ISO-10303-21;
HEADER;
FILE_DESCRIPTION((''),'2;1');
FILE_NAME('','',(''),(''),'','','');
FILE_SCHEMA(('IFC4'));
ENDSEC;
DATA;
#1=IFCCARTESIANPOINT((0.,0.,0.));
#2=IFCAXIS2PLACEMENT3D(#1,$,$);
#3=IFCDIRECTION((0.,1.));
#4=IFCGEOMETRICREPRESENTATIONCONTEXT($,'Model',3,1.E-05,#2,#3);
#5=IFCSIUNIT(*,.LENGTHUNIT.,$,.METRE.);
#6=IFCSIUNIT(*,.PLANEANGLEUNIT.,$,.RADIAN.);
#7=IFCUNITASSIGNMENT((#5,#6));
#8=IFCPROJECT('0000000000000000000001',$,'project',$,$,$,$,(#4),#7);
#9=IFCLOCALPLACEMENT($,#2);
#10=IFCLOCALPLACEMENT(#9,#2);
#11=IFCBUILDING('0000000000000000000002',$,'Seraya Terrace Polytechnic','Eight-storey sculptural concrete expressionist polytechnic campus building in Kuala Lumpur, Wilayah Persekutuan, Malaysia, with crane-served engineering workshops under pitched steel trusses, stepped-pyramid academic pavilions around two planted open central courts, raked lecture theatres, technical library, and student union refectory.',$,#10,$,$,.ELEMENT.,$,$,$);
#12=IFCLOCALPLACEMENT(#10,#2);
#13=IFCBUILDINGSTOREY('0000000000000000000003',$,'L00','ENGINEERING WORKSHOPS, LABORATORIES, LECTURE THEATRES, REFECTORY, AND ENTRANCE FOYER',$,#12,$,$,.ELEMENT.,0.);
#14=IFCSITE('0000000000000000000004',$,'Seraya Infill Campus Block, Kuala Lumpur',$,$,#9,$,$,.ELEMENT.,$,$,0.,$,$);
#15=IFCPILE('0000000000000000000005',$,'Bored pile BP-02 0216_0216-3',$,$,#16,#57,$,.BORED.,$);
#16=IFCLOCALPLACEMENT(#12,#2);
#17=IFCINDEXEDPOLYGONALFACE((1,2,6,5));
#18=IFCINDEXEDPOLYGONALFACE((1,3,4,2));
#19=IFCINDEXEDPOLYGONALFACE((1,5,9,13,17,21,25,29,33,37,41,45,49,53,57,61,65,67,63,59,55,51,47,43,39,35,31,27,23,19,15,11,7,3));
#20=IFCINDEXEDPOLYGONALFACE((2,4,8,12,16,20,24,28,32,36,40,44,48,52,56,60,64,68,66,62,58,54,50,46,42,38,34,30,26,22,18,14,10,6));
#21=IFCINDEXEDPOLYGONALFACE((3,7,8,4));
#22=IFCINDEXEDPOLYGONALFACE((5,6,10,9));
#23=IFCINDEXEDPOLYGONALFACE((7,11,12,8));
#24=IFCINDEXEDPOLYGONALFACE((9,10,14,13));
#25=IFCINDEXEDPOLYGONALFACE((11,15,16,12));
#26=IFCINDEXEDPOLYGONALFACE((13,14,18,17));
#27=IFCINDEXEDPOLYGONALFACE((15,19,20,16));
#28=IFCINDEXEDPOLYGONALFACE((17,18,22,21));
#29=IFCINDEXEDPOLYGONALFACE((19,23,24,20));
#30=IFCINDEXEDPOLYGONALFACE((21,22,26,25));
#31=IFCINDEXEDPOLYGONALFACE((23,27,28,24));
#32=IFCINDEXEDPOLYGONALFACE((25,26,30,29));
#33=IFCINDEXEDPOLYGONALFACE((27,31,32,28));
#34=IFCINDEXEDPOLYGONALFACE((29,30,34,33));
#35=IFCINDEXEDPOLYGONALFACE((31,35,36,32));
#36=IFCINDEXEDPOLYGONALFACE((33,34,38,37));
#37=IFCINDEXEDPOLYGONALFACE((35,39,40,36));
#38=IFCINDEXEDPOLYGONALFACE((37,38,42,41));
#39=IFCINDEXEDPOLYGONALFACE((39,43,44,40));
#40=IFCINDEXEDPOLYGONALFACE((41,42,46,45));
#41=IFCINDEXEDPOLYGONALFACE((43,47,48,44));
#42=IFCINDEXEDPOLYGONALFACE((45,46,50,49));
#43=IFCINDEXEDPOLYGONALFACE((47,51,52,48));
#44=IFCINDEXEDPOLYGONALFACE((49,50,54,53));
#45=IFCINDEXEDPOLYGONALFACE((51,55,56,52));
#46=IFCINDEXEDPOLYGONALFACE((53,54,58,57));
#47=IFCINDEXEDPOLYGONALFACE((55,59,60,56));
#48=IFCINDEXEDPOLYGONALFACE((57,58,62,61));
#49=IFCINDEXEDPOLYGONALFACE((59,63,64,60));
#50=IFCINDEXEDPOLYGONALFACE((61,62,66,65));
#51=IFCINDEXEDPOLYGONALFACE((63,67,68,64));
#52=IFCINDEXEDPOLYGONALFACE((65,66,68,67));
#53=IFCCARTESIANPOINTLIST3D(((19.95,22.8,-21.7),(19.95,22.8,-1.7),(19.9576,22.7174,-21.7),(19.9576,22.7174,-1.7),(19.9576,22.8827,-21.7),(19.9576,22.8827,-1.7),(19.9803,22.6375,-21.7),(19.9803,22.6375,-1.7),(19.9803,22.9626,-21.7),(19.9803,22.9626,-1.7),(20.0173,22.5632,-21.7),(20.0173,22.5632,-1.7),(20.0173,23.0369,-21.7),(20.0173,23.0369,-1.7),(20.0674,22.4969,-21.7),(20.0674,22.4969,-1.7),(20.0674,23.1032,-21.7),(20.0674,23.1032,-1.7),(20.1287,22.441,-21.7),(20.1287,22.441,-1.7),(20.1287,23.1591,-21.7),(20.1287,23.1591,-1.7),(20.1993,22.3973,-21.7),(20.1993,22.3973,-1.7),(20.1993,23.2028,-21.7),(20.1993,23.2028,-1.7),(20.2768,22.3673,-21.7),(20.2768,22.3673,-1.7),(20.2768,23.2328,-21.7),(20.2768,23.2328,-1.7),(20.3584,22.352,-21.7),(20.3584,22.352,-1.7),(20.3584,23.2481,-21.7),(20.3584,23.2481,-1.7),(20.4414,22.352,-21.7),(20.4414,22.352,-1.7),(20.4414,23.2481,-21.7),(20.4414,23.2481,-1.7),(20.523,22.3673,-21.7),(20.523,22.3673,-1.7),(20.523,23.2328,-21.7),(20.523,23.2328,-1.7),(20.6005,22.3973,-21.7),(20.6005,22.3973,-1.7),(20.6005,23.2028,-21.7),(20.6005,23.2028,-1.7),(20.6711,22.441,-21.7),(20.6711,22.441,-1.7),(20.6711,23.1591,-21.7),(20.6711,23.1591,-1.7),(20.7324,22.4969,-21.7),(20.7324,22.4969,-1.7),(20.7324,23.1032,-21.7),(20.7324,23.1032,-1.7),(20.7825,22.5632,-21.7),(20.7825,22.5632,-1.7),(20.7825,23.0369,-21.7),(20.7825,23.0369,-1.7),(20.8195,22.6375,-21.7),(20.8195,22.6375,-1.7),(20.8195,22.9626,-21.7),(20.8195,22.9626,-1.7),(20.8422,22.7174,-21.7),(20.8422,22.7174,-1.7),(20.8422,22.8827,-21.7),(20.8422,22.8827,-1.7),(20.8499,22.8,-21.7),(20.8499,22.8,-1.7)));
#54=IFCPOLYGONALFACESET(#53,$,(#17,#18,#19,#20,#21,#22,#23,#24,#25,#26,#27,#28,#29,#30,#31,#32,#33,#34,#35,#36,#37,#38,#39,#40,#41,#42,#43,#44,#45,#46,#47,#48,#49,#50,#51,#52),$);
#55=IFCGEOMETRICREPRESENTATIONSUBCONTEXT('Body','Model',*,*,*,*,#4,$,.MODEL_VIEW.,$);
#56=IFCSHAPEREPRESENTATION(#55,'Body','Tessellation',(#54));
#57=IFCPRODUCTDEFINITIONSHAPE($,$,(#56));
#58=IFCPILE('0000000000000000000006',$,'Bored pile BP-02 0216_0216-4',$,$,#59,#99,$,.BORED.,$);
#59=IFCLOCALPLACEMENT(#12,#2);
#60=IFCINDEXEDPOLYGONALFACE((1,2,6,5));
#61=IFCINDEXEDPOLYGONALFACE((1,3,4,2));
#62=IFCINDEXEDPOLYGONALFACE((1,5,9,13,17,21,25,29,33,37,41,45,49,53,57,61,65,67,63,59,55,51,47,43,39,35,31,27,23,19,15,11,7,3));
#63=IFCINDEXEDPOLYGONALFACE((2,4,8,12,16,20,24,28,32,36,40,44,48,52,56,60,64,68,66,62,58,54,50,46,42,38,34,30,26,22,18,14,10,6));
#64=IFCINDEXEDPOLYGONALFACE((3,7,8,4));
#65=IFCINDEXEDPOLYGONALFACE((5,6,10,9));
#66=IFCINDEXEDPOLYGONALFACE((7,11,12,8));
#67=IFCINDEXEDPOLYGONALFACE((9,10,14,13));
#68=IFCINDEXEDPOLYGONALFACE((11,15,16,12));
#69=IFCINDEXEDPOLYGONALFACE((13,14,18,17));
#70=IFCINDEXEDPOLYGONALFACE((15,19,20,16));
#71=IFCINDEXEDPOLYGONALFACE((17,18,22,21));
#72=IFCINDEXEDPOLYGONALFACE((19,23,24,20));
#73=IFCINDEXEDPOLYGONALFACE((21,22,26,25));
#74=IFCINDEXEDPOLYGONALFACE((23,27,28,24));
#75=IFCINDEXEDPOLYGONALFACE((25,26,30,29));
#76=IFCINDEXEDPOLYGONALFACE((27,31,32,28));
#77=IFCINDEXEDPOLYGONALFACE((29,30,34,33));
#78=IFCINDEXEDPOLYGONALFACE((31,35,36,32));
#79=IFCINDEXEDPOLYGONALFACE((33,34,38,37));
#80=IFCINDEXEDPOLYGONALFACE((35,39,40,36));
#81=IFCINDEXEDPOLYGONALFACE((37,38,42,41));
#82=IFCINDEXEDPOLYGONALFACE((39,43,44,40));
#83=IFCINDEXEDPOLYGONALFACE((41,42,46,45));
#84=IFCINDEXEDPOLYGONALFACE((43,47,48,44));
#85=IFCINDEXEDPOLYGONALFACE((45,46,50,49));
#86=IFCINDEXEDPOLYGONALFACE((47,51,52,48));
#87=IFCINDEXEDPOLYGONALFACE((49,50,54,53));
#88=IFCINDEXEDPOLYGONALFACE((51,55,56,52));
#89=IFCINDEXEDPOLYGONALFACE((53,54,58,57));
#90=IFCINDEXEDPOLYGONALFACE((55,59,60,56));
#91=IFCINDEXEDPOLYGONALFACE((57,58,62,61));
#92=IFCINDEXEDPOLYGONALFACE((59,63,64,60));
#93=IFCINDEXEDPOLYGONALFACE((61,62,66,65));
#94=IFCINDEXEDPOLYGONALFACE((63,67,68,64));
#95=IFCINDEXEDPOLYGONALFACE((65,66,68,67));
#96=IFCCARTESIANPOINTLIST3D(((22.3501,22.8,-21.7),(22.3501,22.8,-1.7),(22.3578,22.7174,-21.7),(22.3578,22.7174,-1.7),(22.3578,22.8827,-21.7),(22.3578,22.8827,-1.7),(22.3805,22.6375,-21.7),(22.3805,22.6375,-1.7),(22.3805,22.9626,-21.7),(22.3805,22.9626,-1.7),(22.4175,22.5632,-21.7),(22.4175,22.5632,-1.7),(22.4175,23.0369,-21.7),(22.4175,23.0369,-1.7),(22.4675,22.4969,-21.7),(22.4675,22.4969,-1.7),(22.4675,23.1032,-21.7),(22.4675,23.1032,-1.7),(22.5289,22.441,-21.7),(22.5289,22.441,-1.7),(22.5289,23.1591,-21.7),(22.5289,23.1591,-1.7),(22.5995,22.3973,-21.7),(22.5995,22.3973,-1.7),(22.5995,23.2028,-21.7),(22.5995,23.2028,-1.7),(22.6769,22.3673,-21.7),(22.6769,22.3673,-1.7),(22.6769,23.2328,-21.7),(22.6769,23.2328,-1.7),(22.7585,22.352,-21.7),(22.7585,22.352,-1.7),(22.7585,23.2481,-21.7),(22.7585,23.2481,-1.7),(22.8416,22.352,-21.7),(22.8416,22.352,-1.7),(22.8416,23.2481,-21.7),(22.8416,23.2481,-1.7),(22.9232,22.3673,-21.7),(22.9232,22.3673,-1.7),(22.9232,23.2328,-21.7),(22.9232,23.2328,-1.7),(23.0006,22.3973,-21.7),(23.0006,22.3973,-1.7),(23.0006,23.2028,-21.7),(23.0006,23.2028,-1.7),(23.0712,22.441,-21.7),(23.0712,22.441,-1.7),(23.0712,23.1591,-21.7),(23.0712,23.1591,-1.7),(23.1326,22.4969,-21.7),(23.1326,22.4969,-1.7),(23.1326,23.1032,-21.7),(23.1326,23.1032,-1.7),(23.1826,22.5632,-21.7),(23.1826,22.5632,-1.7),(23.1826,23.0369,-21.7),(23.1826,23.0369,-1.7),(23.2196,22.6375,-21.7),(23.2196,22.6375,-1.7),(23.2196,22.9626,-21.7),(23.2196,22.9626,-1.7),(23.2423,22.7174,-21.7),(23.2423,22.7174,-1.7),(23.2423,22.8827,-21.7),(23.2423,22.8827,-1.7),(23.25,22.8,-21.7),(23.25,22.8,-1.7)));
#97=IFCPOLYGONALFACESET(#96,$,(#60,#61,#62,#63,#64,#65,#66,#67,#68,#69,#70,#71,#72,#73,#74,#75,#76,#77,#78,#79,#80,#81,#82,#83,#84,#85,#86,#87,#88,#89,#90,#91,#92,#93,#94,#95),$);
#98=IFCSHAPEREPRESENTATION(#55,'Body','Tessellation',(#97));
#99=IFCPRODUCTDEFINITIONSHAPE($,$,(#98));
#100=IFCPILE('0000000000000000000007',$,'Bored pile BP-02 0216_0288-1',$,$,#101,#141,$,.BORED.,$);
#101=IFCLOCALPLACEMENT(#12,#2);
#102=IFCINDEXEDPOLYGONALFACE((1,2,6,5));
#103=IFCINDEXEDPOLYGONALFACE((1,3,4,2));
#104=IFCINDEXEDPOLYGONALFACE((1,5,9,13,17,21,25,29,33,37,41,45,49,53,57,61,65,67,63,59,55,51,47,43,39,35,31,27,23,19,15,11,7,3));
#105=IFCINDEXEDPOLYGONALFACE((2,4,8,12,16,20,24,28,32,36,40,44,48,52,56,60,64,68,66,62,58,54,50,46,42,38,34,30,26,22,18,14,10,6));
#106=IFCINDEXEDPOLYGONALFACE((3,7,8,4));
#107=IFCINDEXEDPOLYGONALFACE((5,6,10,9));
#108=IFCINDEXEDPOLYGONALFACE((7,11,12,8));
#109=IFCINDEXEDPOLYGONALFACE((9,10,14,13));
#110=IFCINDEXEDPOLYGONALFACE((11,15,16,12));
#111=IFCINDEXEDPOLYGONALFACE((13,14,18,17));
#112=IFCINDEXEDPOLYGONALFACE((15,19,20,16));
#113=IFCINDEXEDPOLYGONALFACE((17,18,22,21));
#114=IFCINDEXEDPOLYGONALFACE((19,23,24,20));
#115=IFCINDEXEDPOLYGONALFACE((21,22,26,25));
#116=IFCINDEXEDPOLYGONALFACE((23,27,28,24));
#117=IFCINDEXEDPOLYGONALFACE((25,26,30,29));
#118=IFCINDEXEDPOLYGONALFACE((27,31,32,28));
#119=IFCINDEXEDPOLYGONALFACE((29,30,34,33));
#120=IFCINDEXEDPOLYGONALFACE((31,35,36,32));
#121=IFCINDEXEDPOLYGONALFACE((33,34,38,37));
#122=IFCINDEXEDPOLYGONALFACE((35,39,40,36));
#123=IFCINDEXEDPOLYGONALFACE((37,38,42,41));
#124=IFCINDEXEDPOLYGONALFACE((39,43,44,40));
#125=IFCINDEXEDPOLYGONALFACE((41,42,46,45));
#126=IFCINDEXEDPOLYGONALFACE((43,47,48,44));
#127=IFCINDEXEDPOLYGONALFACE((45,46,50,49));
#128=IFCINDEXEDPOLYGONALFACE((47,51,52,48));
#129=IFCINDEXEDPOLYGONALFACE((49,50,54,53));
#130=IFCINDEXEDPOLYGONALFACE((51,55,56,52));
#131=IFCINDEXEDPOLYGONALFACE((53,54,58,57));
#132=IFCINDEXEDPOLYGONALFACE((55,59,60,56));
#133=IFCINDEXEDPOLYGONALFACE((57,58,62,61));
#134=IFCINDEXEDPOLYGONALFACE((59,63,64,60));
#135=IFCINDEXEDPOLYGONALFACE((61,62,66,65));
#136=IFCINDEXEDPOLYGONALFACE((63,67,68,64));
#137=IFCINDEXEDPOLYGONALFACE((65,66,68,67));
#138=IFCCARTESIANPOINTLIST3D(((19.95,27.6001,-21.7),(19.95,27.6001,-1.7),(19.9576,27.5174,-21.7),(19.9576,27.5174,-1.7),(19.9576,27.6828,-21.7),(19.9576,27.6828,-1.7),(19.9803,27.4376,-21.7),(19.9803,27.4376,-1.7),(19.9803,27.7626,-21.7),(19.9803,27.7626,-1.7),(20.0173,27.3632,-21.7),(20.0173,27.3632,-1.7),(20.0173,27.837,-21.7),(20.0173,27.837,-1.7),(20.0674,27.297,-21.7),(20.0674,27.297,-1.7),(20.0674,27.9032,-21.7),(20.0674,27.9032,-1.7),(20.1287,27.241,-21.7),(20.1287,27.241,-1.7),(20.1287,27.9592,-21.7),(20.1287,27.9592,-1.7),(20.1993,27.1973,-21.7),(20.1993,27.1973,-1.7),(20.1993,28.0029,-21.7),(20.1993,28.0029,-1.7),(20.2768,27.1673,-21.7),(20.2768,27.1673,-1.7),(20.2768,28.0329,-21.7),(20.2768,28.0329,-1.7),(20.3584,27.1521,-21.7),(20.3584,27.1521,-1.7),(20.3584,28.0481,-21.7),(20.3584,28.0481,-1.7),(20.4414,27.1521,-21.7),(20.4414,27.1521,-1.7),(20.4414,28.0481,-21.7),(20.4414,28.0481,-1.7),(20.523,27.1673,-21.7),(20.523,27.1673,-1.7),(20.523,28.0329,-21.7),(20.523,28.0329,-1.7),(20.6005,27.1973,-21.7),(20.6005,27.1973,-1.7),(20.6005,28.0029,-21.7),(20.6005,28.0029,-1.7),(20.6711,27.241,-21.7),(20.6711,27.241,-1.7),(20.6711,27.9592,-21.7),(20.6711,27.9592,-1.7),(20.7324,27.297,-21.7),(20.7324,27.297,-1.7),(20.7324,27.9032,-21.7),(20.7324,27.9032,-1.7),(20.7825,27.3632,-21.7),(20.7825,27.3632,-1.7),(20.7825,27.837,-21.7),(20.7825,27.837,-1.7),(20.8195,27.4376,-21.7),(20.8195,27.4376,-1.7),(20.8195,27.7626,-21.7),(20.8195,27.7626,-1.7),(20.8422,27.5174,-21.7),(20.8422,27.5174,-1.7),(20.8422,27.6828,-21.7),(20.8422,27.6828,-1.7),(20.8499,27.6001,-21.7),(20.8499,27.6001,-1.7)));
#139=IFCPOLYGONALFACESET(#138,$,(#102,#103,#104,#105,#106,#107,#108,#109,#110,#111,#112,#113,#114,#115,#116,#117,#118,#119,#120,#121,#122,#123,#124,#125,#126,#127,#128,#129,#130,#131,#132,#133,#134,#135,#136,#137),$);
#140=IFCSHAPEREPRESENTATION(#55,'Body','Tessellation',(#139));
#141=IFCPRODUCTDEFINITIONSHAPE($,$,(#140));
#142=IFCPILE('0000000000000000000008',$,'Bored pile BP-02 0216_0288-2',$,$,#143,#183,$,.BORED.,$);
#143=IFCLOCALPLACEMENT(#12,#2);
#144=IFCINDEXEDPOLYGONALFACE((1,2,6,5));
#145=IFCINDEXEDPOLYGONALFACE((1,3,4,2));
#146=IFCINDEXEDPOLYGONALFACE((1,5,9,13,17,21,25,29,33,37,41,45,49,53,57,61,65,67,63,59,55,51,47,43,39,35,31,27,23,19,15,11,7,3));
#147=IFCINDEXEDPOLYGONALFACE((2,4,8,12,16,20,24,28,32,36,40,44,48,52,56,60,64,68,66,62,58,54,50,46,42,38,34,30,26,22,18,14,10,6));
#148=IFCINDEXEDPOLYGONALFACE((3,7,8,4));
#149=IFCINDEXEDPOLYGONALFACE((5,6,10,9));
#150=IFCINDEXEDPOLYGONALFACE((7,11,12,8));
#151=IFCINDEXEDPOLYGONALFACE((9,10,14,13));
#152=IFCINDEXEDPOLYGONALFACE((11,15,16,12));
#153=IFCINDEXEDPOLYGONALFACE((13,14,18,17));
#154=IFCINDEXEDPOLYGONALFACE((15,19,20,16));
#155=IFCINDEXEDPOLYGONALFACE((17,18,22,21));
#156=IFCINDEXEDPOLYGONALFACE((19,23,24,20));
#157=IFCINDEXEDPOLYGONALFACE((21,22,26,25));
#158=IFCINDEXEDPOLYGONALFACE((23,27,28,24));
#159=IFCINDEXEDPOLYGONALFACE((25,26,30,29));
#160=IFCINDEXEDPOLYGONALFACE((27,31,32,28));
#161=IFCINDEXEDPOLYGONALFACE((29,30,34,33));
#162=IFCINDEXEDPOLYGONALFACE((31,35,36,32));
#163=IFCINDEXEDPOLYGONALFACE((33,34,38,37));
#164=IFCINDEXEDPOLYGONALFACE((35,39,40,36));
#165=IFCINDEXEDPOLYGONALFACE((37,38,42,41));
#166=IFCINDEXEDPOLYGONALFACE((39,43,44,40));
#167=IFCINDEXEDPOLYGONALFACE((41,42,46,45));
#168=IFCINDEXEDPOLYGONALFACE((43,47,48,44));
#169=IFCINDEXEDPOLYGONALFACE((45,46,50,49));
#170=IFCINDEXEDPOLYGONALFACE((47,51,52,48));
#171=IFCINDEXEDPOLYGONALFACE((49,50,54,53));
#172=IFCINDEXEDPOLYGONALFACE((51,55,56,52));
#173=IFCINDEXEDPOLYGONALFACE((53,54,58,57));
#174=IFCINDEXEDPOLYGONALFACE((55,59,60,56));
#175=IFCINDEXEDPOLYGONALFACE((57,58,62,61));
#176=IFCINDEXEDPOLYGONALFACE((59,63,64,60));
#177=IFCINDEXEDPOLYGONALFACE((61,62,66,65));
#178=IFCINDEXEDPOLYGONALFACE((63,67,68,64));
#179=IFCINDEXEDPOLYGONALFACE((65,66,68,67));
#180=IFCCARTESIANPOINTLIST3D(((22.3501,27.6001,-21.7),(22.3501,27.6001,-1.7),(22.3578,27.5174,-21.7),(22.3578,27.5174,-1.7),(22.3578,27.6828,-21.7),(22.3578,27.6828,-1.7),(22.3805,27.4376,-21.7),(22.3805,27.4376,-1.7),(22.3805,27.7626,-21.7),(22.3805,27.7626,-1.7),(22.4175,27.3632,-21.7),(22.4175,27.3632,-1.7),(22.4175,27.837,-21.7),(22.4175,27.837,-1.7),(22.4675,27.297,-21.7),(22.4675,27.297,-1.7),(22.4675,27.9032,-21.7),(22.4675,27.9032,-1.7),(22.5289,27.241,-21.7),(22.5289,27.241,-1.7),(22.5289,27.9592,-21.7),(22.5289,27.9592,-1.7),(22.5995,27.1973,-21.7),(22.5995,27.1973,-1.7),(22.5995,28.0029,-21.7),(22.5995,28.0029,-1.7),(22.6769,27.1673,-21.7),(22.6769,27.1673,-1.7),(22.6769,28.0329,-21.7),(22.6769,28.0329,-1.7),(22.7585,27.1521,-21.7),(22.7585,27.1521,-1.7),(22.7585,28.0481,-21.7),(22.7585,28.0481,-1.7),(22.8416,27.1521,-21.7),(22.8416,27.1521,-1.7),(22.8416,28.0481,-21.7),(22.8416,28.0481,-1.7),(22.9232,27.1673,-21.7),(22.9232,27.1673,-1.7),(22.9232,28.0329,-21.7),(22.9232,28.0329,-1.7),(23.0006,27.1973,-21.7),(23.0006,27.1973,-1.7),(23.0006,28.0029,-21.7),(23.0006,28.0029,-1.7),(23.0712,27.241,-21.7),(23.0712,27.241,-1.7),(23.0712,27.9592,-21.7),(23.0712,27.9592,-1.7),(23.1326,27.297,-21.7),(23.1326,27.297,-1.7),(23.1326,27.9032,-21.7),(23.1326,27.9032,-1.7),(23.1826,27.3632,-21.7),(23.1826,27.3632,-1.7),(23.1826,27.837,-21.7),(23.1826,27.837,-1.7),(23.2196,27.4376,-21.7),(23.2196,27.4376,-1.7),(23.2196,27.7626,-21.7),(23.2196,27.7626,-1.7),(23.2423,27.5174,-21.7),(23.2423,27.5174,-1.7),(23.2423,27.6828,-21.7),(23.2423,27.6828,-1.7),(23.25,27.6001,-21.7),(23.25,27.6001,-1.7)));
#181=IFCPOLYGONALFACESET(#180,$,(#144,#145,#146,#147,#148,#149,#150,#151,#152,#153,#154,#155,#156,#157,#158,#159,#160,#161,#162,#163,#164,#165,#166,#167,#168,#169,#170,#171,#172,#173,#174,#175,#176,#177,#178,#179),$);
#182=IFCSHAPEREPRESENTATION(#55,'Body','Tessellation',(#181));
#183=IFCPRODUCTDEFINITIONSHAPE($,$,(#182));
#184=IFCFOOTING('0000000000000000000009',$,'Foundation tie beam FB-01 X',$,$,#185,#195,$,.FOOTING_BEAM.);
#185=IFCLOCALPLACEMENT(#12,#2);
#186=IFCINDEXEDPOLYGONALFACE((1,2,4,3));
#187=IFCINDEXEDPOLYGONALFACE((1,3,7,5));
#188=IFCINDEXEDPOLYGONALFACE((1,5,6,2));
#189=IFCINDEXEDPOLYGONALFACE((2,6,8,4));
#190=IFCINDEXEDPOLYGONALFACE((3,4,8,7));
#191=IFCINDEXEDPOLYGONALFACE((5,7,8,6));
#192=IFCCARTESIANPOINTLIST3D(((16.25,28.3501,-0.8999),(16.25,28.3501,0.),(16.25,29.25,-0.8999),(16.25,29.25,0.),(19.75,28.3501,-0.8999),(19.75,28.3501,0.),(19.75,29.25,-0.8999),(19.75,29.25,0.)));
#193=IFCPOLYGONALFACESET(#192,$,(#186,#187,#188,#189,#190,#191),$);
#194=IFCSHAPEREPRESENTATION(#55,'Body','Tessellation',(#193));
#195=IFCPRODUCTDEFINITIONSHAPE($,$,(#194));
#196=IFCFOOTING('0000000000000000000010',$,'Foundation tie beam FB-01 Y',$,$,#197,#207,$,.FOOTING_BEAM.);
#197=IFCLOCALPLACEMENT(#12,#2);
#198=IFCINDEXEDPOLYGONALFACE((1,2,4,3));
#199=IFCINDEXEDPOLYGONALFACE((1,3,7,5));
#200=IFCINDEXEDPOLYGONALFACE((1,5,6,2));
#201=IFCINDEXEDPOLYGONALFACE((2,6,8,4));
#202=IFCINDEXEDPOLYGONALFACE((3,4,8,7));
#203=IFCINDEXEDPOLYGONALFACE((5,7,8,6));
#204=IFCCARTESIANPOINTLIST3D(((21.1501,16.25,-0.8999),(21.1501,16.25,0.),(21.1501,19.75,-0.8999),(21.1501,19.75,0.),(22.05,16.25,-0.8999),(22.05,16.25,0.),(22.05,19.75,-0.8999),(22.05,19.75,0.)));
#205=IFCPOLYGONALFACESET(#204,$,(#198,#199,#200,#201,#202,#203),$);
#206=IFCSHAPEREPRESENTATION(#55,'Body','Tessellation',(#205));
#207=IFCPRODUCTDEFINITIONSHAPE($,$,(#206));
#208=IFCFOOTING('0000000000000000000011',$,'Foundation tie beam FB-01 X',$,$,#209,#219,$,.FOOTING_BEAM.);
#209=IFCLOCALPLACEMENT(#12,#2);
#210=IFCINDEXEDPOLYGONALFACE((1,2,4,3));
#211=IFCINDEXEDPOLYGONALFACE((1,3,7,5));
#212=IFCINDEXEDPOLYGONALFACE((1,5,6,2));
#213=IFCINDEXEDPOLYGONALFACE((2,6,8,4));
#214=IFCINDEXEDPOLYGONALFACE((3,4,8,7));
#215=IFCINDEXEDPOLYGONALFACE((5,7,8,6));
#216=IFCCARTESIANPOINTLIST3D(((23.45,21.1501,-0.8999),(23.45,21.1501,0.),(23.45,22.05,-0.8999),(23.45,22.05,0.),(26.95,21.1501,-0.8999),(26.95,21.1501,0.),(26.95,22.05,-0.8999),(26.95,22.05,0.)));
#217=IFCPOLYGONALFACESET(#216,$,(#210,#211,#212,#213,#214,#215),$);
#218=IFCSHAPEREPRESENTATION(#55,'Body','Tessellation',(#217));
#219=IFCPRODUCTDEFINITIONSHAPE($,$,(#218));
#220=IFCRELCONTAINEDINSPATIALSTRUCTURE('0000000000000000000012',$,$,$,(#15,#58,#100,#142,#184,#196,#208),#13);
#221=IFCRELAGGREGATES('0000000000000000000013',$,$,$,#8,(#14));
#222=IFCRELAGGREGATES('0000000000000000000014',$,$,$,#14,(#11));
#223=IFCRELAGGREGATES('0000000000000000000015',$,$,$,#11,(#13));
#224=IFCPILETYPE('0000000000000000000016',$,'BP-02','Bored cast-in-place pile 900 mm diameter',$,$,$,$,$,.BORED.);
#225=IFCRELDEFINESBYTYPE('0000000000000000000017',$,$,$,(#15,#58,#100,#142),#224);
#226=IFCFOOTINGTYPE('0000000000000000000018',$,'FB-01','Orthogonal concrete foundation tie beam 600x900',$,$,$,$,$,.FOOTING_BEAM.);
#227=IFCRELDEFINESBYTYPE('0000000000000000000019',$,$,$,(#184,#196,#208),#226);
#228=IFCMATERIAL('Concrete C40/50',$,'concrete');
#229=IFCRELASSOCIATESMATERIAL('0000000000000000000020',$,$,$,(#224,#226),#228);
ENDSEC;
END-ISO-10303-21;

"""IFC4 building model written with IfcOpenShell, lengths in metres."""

from ifc_helpers import new_model, si_unit, direction, frame, origin, origin_2d, place, context, subcontext, project, spatial, rectangle, circle, extrude, material, material_profile, profile_set, type_object, element, save


model = new_model("IFC4")

# Units and contexts
model_context = context("Model", 3, precision=1e-05, world=origin(), true_north=direction((0.0, 1.0)))
body_context = subcontext(model_context, "Body", "Model", "MODEL_VIEW")
ifc_project = project(units=[si_unit("LENGTHUNIT", "METRE"), si_unit("PLANEANGLEUNIT", "RADIAN")], contexts=[model_context])

# Site, building, storey
site_placement = place(None, origin())
site = spatial("IfcSite", under=ifc_project, at=site_placement, Name="Seraya Infill Campus Block, Kuala Lumpur", CompositionType="ELEMENT", RefElevation=0.0)
building_placement = place(site_placement, origin())
building = spatial("IfcBuilding", under=site, at=building_placement, Name="Seraya Terrace Polytechnic", Description="Eight-storey sculptural concrete expressionist polytechnic campus building in Kuala Lumpur, Wilayah Persekutuan, Malaysia, with crane-served engineering workshops under pitched steel trusses, stepped-pyramid academic pavilions around two planted open central courts, raked lecture theatres, technical library, and student union refectory.", CompositionType="ELEMENT")
storey_placement = place(building_placement, origin())
storey = spatial("IfcBuildingStorey", under=building, at=storey_placement, Name="L00", Description="ENGINEERING WORKSHOPS, LABORATORIES, LECTURE THEATRES, REFECTORY, AND ENTRANCE FOYER", CompositionType="ELEMENT", Elevation=0.0)

# Piles
ifc_material_1 = material(Name="Concrete C40/50", Category="concrete")
ifc_material_profile_1 = material_profile(ifc_material_1, circle(Radius=0.45, at=origin_2d()), Name="DIA 900")
ifc_profile_set_1 = profile_set([ifc_material_profile_1], Name="Concrete C40/50")
pile_type = type_object("IfcPileType", Name="BP-02", Description="Bored cast-in-place pile 900 mm diameter", PredefinedType="BORED", material=ifc_profile_set_1)
for number, where, z_axis, x_axis, name in (
    (1, (20.3999, 22.8, -1.7), (0.0, 0.0, -1.0), (1.0, 0.0, 0.0), "Bored pile BP-02 0216_0216-3"),
    (2, (22.8, 22.8, -1.7), (0.0, 0.0, -1.0), (1.0, 0.0, 0.0), "Bored pile BP-02 0216_0216-4"),
    (3, (20.3999, 27.6001, -1.7), (0.0, 0.0, -1.0), (1.0, 0.0, 0.0), "Bored pile BP-02 0216_0288-1"),
    (4, (22.8, 27.6001, -1.7), (0.0, 0.0, -1.0), (1.0, 0.0, 0.0), "Bored pile BP-02 0216_0288-2"),
):
    element("IfcPile", number, at=place(storey_placement, frame(where, z_axis=z_axis, x_axis=x_axis)), inside=storey, type_object=pile_type, Name=name, PredefinedType="BORED", context=body_context, shape_type="SweptSolid", body=[
        extrude(circle(Radius=0.45, at=origin_2d()), origin(), (0.0, 0.0, 1.0), 20.0),
    ])

# Footings
footing_type_1 = type_object("IfcFootingType", Name="FB-01", Description="Orthogonal concrete foundation tie beam 600x900", PredefinedType="FOOTING_BEAM", material=ifc_material_1)
for number, where, z_axis, x_axis, name in (
    (5, (18.0, 28.8, -0.8999), (0.0, 0.0, 1.0), (1.0, 0.0, 0.0), "Foundation tie beam FB-01 X"),
    (6, (21.6001, 18.0, -0.8999), (0.0, 0.0, 1.0), (0.0, 1.0, 0.0), "Foundation tie beam FB-01 Y"),
    (7, (25.2, 21.6001, -0.8999), (0.0, 0.0, 1.0), (1.0, 0.0, 0.0), "Foundation tie beam FB-01 X"),
):
    element("IfcFooting", number, at=place(storey_placement, frame(where, z_axis=z_axis, x_axis=x_axis)), inside=storey, type_object=footing_type_1, Name=name, PredefinedType="FOOTING_BEAM", context=body_context, shape_type="SweptSolid", body=[
        extrude(rectangle(XDim=3.5, YDim=0.8999, at=origin_2d()), origin(), (0.0, 0.0, 1.0), 0.8999),
    ])

save(model, "model.ifc")
